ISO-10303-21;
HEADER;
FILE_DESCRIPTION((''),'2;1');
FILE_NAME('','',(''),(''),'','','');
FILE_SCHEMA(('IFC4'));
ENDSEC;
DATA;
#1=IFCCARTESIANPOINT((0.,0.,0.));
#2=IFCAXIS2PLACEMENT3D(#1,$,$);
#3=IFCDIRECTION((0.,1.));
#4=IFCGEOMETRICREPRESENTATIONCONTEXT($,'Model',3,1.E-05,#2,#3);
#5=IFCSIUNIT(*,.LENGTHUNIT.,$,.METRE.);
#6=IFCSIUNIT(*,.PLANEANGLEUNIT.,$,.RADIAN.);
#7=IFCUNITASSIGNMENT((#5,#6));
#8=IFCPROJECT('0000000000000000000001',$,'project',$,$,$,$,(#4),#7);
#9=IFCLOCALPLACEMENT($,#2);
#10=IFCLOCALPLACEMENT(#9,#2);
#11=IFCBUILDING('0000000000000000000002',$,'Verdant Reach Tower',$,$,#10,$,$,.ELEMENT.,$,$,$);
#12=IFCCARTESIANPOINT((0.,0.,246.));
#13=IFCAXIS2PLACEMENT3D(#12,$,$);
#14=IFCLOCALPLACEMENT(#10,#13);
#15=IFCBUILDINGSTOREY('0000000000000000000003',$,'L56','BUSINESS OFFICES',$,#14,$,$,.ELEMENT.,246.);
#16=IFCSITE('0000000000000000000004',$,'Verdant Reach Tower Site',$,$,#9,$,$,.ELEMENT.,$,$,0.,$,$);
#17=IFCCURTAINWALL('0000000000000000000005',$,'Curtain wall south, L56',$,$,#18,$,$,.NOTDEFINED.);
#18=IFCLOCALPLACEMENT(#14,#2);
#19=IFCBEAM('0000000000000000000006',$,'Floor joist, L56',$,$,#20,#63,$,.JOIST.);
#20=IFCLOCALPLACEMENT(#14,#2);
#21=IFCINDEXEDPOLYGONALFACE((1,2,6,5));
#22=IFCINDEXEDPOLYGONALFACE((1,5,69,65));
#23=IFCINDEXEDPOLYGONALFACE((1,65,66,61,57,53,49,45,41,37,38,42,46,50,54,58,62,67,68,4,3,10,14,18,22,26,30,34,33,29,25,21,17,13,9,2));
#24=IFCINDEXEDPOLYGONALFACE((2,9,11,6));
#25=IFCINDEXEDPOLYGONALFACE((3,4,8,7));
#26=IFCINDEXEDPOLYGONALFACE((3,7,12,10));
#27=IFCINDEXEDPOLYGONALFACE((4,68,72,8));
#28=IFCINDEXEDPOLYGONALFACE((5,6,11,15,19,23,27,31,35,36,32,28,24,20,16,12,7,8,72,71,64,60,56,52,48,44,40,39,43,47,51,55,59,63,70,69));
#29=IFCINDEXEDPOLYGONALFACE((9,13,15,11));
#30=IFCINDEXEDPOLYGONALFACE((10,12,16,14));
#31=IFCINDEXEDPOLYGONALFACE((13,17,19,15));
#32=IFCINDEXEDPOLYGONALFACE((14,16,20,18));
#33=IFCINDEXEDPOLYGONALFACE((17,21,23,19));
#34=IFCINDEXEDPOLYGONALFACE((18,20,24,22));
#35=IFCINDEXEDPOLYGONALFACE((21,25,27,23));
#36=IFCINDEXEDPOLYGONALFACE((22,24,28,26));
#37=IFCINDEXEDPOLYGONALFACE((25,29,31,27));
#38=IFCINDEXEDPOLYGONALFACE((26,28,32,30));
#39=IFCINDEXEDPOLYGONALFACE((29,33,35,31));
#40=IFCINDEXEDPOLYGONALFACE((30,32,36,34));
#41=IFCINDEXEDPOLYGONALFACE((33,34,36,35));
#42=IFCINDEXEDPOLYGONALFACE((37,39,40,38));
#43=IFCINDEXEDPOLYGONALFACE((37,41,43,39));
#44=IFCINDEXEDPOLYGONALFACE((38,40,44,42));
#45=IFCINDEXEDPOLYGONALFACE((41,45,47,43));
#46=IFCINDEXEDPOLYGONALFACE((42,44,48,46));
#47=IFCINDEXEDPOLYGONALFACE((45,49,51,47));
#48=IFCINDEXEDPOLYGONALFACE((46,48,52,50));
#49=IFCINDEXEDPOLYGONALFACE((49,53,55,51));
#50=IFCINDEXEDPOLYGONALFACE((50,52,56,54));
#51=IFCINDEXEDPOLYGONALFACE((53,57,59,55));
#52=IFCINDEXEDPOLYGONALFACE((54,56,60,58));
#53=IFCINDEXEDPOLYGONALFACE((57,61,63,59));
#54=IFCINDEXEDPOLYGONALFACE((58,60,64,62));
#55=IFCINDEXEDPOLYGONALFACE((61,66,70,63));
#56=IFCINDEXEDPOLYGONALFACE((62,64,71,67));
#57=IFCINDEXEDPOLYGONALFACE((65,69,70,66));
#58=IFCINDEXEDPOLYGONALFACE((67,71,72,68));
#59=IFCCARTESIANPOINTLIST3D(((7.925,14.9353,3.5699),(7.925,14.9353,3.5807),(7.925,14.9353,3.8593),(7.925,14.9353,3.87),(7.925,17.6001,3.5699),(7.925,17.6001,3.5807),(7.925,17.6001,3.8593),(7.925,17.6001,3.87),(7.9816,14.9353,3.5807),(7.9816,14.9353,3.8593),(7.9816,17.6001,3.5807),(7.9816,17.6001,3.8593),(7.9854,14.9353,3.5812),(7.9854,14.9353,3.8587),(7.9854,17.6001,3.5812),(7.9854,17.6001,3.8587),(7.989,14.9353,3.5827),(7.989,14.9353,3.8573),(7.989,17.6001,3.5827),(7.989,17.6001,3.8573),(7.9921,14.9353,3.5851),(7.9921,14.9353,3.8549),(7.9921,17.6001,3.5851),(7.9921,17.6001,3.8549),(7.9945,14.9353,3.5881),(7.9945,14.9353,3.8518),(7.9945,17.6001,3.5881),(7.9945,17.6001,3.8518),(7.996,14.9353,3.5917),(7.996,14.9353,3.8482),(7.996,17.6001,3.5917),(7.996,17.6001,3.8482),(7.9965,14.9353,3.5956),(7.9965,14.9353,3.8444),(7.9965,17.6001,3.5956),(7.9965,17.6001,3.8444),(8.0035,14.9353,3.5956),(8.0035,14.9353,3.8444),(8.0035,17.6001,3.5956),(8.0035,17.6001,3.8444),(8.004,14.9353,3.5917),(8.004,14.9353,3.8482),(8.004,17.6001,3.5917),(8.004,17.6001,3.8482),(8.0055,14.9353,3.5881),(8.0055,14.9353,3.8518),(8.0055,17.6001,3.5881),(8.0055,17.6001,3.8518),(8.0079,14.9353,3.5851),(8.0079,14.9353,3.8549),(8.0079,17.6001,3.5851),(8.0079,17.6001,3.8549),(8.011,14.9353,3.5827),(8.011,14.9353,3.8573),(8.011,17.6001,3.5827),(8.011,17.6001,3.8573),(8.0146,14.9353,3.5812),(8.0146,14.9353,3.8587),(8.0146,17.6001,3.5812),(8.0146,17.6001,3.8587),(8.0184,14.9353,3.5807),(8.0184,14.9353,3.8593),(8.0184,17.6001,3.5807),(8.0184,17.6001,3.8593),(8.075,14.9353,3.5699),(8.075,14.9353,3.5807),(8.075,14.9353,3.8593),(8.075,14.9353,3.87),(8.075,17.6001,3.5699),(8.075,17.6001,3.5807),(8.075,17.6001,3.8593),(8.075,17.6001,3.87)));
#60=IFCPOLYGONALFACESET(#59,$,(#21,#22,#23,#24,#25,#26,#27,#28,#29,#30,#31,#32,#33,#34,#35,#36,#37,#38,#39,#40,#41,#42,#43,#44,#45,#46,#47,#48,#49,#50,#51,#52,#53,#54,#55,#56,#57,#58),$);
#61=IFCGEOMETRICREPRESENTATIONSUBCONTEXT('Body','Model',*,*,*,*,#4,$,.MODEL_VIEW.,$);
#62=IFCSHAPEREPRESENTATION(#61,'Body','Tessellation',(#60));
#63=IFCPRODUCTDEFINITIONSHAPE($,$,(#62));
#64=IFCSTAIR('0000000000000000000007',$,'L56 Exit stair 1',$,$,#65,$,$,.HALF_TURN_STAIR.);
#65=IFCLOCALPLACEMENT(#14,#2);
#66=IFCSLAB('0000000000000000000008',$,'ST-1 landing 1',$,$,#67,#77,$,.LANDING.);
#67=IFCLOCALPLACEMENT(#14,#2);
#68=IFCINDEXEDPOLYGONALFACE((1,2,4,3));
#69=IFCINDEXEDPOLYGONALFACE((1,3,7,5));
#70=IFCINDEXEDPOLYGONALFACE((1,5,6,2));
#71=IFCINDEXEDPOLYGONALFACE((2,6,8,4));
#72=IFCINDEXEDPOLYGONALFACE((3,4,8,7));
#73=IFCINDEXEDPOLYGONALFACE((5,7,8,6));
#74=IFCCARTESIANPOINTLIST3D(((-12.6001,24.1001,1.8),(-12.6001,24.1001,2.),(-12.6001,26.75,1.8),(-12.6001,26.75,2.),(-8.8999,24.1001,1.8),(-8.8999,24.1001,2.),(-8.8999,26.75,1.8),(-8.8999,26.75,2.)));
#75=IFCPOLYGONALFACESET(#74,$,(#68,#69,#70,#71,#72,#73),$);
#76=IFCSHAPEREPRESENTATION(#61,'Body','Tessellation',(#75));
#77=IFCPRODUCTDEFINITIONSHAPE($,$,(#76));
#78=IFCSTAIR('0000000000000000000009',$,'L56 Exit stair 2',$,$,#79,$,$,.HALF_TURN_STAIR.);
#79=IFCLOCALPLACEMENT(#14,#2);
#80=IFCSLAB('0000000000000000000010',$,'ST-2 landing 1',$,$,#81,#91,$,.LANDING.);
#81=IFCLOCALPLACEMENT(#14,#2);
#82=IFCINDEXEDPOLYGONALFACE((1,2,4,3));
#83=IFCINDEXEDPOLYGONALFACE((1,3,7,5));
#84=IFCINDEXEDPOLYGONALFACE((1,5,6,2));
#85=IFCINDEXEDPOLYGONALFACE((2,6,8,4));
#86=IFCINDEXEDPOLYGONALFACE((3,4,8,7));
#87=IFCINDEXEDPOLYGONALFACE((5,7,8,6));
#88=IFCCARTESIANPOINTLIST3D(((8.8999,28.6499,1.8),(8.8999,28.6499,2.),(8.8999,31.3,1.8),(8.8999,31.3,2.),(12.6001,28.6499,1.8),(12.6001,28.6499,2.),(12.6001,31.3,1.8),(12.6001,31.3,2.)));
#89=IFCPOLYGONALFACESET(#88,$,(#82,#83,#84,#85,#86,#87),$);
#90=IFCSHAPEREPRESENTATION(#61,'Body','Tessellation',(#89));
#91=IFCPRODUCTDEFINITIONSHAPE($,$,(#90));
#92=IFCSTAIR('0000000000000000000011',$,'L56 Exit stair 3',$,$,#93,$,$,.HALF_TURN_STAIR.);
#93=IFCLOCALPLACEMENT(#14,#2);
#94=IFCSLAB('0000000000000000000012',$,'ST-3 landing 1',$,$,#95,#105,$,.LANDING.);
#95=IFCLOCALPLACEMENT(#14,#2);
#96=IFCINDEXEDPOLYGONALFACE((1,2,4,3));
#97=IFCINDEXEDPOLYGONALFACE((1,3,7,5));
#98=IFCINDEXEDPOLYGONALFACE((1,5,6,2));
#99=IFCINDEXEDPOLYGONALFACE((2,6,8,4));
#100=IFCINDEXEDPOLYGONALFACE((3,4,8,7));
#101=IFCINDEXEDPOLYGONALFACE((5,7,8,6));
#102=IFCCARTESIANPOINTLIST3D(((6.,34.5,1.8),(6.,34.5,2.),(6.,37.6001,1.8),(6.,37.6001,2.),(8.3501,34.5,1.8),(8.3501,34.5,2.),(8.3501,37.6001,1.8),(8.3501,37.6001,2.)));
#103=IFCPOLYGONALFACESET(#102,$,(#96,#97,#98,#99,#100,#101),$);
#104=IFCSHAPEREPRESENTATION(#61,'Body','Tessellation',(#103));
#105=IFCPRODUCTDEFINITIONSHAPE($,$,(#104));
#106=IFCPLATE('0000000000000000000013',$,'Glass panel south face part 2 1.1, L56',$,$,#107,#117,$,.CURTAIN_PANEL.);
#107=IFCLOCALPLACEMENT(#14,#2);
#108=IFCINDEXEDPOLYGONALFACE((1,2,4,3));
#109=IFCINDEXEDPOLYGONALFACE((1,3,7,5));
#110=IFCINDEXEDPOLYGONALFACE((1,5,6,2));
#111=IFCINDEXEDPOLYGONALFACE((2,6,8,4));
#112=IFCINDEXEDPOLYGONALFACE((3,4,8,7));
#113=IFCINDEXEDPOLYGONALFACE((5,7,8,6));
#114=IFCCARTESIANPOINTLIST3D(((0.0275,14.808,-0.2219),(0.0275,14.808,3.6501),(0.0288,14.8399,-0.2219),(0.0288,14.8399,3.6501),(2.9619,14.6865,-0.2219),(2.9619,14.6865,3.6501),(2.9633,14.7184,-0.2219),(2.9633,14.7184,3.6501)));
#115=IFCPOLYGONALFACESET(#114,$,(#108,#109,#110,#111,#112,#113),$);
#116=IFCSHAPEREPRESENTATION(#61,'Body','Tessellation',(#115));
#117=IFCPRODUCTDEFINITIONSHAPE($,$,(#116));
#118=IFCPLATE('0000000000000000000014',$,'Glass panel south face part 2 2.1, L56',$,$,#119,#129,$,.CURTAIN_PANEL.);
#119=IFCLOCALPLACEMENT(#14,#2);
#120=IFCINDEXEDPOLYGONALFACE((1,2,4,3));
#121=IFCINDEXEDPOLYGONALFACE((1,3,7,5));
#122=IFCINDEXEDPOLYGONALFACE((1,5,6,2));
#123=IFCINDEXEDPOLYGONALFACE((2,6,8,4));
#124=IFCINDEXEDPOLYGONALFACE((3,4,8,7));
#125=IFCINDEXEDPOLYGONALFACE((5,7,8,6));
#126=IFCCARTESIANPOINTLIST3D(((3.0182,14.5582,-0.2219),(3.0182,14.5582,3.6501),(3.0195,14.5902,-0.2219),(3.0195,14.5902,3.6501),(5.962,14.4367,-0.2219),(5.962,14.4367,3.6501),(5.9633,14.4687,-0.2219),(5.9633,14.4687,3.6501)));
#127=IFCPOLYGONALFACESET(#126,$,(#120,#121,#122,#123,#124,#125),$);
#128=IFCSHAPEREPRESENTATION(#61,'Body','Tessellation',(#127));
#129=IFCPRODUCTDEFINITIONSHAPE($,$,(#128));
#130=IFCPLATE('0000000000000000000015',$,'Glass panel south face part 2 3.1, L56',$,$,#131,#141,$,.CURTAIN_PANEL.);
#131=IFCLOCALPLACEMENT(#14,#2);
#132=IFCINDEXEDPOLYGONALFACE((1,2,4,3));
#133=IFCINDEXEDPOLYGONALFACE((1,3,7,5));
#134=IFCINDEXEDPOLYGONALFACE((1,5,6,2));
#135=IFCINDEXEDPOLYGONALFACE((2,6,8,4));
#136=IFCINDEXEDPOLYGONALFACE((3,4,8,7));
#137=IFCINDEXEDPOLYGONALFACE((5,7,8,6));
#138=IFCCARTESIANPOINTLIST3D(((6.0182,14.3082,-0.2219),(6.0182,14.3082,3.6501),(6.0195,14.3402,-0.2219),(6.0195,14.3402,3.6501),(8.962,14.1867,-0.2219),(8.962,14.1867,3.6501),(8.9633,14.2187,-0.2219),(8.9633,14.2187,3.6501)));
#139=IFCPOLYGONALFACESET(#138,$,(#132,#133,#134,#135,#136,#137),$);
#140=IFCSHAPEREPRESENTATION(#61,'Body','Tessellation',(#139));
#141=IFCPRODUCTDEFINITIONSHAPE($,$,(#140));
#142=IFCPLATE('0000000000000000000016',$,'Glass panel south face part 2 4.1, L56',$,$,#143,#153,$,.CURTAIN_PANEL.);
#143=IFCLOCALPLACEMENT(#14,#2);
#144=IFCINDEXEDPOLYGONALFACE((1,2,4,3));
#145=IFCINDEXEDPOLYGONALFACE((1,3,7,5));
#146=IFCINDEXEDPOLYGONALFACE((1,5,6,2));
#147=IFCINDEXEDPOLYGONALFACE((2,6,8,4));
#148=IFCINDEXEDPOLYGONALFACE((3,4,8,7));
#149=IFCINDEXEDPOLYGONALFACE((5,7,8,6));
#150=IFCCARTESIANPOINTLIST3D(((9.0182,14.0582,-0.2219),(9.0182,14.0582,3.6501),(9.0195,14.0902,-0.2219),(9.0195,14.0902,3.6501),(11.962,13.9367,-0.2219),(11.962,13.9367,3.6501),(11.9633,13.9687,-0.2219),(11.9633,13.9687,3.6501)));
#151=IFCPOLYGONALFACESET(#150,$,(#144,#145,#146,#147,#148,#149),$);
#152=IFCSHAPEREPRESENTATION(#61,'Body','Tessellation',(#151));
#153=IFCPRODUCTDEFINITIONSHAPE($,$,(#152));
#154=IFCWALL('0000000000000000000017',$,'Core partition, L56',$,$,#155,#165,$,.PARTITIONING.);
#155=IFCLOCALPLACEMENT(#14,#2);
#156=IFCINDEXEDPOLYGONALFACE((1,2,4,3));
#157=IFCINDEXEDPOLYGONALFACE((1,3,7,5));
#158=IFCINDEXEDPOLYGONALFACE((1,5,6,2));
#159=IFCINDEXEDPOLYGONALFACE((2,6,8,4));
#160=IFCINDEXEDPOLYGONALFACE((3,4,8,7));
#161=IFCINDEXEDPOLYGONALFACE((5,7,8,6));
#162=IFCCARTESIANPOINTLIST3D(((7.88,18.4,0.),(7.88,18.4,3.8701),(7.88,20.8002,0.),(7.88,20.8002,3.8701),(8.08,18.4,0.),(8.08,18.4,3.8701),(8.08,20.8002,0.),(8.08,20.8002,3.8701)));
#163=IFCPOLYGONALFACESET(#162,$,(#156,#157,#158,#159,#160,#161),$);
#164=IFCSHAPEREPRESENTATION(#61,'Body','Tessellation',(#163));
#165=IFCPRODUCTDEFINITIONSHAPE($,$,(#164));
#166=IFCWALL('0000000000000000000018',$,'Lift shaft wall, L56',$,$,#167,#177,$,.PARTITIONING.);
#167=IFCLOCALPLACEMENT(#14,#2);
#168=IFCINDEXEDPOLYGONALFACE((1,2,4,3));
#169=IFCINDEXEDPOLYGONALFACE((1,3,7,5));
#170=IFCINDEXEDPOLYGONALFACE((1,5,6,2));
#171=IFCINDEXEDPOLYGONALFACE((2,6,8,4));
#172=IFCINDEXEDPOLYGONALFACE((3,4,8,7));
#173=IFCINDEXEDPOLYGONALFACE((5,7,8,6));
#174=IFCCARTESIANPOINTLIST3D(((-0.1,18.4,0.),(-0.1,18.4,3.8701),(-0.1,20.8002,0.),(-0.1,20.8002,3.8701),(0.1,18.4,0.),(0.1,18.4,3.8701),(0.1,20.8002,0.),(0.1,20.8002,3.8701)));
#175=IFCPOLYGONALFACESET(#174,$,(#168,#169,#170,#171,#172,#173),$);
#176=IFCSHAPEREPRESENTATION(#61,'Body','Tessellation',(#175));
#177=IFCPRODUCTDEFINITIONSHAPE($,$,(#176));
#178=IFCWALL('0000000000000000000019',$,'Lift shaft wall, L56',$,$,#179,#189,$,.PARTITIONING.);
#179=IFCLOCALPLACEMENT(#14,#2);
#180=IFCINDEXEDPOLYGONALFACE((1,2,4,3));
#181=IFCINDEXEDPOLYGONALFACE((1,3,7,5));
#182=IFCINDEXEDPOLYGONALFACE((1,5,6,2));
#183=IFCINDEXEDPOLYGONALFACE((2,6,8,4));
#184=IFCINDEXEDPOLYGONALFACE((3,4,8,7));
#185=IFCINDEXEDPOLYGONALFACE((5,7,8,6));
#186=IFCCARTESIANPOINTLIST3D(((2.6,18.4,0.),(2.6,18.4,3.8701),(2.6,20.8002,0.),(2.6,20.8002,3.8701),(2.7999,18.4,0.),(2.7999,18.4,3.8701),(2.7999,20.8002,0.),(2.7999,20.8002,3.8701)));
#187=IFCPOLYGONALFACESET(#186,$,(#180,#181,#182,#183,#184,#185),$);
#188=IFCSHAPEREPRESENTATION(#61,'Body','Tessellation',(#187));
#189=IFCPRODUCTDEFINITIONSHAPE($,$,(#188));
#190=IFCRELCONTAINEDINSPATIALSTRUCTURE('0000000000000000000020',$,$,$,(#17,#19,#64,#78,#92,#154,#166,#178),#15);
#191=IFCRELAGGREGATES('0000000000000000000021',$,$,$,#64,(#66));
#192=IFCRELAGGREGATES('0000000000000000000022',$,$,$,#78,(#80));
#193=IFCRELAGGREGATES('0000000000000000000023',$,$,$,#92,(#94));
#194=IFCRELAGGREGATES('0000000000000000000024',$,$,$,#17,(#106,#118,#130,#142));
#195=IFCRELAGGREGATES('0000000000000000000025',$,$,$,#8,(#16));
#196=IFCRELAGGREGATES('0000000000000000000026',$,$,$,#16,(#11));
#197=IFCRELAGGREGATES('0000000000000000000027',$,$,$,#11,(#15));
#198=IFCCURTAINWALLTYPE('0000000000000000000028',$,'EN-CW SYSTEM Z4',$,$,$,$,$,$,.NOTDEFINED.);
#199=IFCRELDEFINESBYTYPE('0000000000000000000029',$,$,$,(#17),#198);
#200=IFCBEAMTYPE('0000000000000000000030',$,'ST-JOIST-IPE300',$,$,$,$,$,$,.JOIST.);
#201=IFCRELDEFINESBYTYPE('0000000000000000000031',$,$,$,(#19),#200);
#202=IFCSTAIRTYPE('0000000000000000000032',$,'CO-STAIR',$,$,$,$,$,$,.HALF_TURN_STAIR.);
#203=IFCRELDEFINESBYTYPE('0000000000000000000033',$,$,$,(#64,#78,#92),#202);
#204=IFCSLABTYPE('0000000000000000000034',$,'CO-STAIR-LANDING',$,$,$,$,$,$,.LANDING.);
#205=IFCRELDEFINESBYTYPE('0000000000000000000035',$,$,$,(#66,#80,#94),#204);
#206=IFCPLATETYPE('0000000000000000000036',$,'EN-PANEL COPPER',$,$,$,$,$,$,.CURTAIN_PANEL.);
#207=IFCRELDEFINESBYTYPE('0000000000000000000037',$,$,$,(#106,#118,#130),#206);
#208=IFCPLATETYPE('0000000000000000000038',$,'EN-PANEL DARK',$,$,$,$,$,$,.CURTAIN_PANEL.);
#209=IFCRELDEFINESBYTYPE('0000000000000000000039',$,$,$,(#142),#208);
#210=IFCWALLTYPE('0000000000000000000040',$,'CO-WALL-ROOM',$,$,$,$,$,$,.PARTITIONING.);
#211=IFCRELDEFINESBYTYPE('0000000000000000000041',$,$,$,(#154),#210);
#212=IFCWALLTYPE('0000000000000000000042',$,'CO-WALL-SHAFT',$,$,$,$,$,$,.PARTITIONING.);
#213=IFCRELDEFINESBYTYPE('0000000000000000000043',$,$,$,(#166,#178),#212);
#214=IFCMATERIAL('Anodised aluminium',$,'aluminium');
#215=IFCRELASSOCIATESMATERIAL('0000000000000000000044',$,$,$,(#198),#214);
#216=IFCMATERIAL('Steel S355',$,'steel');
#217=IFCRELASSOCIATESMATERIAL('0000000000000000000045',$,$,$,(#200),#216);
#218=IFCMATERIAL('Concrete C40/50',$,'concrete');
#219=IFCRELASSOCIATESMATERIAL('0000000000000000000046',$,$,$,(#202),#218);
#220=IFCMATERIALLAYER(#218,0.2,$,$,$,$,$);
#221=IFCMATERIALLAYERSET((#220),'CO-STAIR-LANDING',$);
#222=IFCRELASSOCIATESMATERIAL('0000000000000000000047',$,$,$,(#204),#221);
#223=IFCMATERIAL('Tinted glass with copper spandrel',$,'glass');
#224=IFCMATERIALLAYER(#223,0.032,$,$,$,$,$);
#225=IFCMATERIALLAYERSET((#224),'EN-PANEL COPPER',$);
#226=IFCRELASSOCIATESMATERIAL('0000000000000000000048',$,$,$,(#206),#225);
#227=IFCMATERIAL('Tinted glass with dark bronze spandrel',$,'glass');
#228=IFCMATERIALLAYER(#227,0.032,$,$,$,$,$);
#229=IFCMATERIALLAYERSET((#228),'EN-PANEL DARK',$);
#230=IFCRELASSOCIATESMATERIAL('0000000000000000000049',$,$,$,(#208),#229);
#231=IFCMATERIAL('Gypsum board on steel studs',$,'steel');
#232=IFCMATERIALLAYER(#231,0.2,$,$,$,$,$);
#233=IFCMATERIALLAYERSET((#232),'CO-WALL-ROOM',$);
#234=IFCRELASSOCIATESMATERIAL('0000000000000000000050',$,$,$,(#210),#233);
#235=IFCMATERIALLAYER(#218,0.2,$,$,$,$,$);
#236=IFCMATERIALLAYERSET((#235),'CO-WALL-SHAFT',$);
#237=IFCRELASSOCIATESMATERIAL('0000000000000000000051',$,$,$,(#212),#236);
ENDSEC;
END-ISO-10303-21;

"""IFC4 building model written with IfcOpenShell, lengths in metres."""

from ifc_helpers import new_model, si_unit, direction, frame, frame_2d, origin, origin_2d, place, context, subcontext, project, spatial, polyline, rectangle, i_section, outline, extrude, material, layer, layer_set, material_profile, profile_set, type_object, element, aggregate, save


model = new_model("IFC4")

# Units and contexts
model_context = context("Model", 3, precision=1e-05, world=origin(), true_north=direction((0.0, 1.0)))
body_context = subcontext(model_context, "Body", "Model", "MODEL_VIEW")
ifc_project = project(units=[si_unit("LENGTHUNIT", "METRE"), si_unit("PLANEANGLEUNIT", "RADIAN")], contexts=[model_context])

# Site, building, storey
site_placement = place(None, origin())
site = spatial("IfcSite", under=ifc_project, at=site_placement, Name="Verdant Reach Tower Site", CompositionType="ELEMENT", RefElevation=0.0)
building_placement = place(site_placement, origin())
building = spatial("IfcBuilding", under=site, at=building_placement, Name="Verdant Reach Tower", CompositionType="ELEMENT")
storey_placement = place(building_placement, frame((0.0, 0.0, 246.0)))
storey = spatial("IfcBuildingStorey", under=building, at=storey_placement, Name="L56", Description="BUSINESS OFFICES", CompositionType="ELEMENT", Elevation=246.0)

# Curtain wall
ifc_material_1 = material(Name="Anodised aluminium", Category="aluminium")
curtain_wall_type = type_object("IfcCurtainWallType", Name="EN-CW SYSTEM Z4", PredefinedType="NOTDEFINED", material=ifc_material_1)
curtain_wall_placement = place(storey_placement, origin())
curtain_wall = element("IfcCurtainWall", 1, at=curtain_wall_placement, inside=storey, type_object=curtain_wall_type, Name="Curtain wall south, L56", PredefinedType="NOTDEFINED")

# Beam
ifc_material_2 = material(Name="Steel S355", Category="steel")
ifc_material_profile_1 = material_profile(ifc_material_2, i_section(OverallWidth=0.1499, OverallDepth=0.3, WebThickness=0.0071, FlangeThickness=0.0107, FilletRadius=0.0149, at=origin_2d()), Name="IPE 300")
ifc_profile_set_1 = profile_set([ifc_material_profile_1], Name="Steel S355")
beam_type = type_object("IfcBeamType", Name="ST-JOIST-IPE300", PredefinedType="JOIST", material=ifc_profile_set_1)
beam_1_placement = place(storey_placement, frame((8.0, 17.6001, 3.72), z_axis=(0.0, -1.0, 0.0), x_axis=(1.0, 0.0, 0.0)))
element("IfcBeam", 2, at=beam_1_placement, inside=storey, type_object=beam_type, Name="Floor joist, L56", PredefinedType="JOIST", context=body_context, shape_type="SweptSolid", body=[
    extrude(i_section(OverallWidth=0.1499, OverallDepth=0.3, WebThickness=0.0071, FlangeThickness=0.0107, FilletRadius=0.0149, at=origin_2d()), origin(), (0.0, 0.0, 1.0), 2.6648),
])

# Stairs, slabs
ifc_material_3 = material(Name="Concrete C40/50", Category="concrete")
stair_type = type_object("IfcStairType", Name="CO-STAIR", PredefinedType="HALF_TURN_STAIR", material=ifc_material_3)
stair_1_placement = place(storey_placement, origin())
stair_1 = element("IfcStair", 3, at=stair_1_placement, inside=storey, type_object=stair_type, Name="L56 Exit stair 1", PredefinedType="HALF_TURN_STAIR")
ifc_layer_1 = layer(ifc_material_3, 0.2)
ifc_layer_set_1 = layer_set([ifc_layer_1], Name="CO-STAIR-LANDING")
slab_type = type_object("IfcSlabType", Name="CO-STAIR-LANDING", PredefinedType="LANDING", material=ifc_layer_set_1)
slab_1_placement = place(storey_placement, frame((0.0, 0.0, 1.8)))
slab_1 = element("IfcSlab", 4, at=slab_1_placement, type_object=slab_type, Name="ST-1 landing 1", PredefinedType="LANDING", context=body_context, shape_type="SweptSolid", body=[
    extrude(outline(polyline([(-12.6001, 26.75), (-12.6001, 24.1001), (-8.8999, 24.1001), (-8.8999, 26.75), (-12.6001, 26.75)])), origin(), (0.0, 0.0, 1.0), 0.2),
])
aggregate(stair_1, [slab_1])
stair_2_placement = place(storey_placement, origin())
stair_2 = element("IfcStair", 5, at=stair_2_placement, inside=storey, type_object=stair_type, Name="L56 Exit stair 2", PredefinedType="HALF_TURN_STAIR")
slab_2_placement = place(storey_placement, frame((0.0, 0.0, 1.8)))
slab_2 = element("IfcSlab", 6, at=slab_2_placement, type_object=slab_type, Name="ST-2 landing 1", PredefinedType="LANDING", context=body_context, shape_type="SweptSolid", body=[
    extrude(outline(polyline([(12.6001, 28.6499), (12.6001, 31.3), (8.8999, 31.3), (8.8999, 28.6499), (12.6001, 28.6499)])), origin(), (0.0, 0.0, 1.0), 0.2),
])
aggregate(stair_2, [slab_2])
stair_3_placement = place(storey_placement, origin())
stair_3 = element("IfcStair", 7, at=stair_3_placement, inside=storey, type_object=stair_type, Name="L56 Exit stair 3", PredefinedType="HALF_TURN_STAIR")
slab_3_placement = place(storey_placement, frame((0.0, 0.0, 1.8)))
slab_3 = element("IfcSlab", 8, at=slab_3_placement, type_object=slab_type, Name="ST-3 landing 1", PredefinedType="LANDING", context=body_context, shape_type="SweptSolid", body=[
    extrude(outline(polyline([(8.3501, 37.6001), (6.0, 37.6001), (6.0, 34.5), (8.3501, 34.5), (8.3501, 37.6001)])), origin(), (0.0, 0.0, 1.0), 0.2),
])
aggregate(stair_3, [slab_3])

# Plates
ifc_material_4 = material(Name="Tinted glass with copper spandrel", Category="glass")
ifc_layer_2 = layer(ifc_material_4, 0.032)
ifc_layer_set_2 = layer_set([ifc_layer_2], Name="EN-PANEL COPPER")
plate_type_1 = type_object("IfcPlateType", Name="EN-PANEL COPPER", PredefinedType="CURTAIN_PANEL", material=ifc_layer_set_2)
plate_1_placement = place(storey_placement, frame((1.4954, 14.7632, -0.2219), z_axis=(0.0, 0.0, 1.0), x_axis=(0.999144, -0.04137, 0.0)))
plate_1 = element("IfcPlate", 9, at=plate_1_placement, type_object=plate_type_1, Name="Glass panel south face part 2 1.1, L56", PredefinedType="CURTAIN_PANEL", context=body_context, shape_type="SweptSolid", body=[
    extrude(rectangle(XDim=2.937, YDim=0.032, at=origin_2d()), origin(), (0.0, 0.0, 1.0), 3.8721),
])
plate_2_placement = place(storey_placement, frame((4.4907, 14.5134, -0.2219), z_axis=(0.0, 0.0, 1.0), x_axis=(0.999149, -0.041242, 0.0)))
plate_2 = element("IfcPlate", 10, at=plate_2_placement, type_object=plate_type_1, Name="Glass panel south face part 2 2.1, L56", PredefinedType="CURTAIN_PANEL", context=body_context, shape_type="SweptSolid", body=[
    extrude(rectangle(XDim=2.9463, YDim=0.032, at=origin_2d()), origin(), (0.0, 0.0, 1.0), 3.8721),
])
plate_3_placement = place(storey_placement, frame((7.4907, 14.2634, -0.2219), z_axis=(0.0, 0.0, 1.0), x_axis=(0.999149, -0.041242, 0.0)))
plate_3 = element("IfcPlate", 11, at=plate_3_placement, type_object=plate_type_1, Name="Glass panel south face part 2 3.1, L56", PredefinedType="CURTAIN_PANEL", context=body_context, shape_type="SweptSolid", body=[
    extrude(rectangle(XDim=2.9463, YDim=0.032, at=origin_2d()), origin(), (0.0, 0.0, 1.0), 3.8721),
])
ifc_material_5 = material(Name="Tinted glass with dark bronze spandrel", Category="glass")
ifc_layer_3 = layer(ifc_material_5, 0.032)
ifc_layer_set_3 = layer_set([ifc_layer_3], Name="EN-PANEL DARK")
plate_type_2 = type_object("IfcPlateType", Name="EN-PANEL DARK", PredefinedType="CURTAIN_PANEL", material=ifc_layer_set_3)
plate_4_placement = place(storey_placement, frame((10.4907, 14.0134, -0.2219), z_axis=(0.0, 0.0, 1.0), x_axis=(0.999149, -0.041242, 0.0)))
plate_4 = element("IfcPlate", 12, at=plate_4_placement, type_object=plate_type_2, Name="Glass panel south face part 2 4.1, L56", PredefinedType="CURTAIN_PANEL", context=body_context, shape_type="SweptSolid", body=[
    extrude(rectangle(XDim=2.9463, YDim=0.032, at=origin_2d()), origin(), (0.0, 0.0, 1.0), 3.8721),
])
aggregate(curtain_wall, [plate_1, plate_2, plate_3, plate_4])

# Walls
ifc_material_6 = material(Name="Gypsum board on steel studs", Category="steel")
ifc_layer_4 = layer(ifc_material_6, 0.2)
ifc_layer_set_4 = layer_set([ifc_layer_4], Name="CO-WALL-ROOM")
wall_type_1 = type_object("IfcWallType", Name="CO-WALL-ROOM", PredefinedType="PARTITIONING", material=ifc_layer_set_4)
wall_1_placement = place(storey_placement, frame((7.98, 18.3999, 0.0), z_axis=(0.0, 0.0, 1.0), x_axis=(0.0, 1.0, 0.0)))
element("IfcWall", 13, at=wall_1_placement, inside=storey, type_object=wall_type_1, Name="Core partition, L56", PredefinedType="PARTITIONING", context=body_context, shape_type="SweptSolid", body=[
    extrude(rectangle(XDim=2.4001, YDim=0.2, at=frame_2d((1.2002, 0.0))), origin(), (0.0, 0.0, 1.0), 3.8701),
])
ifc_layer_5 = layer(ifc_material_3, 0.2)
ifc_layer_set_5 = layer_set([ifc_layer_5], Name="CO-WALL-SHAFT")
wall_type_2 = type_object("IfcWallType", Name="CO-WALL-SHAFT", PredefinedType="PARTITIONING", material=ifc_layer_set_5)
for number, where, z_axis, x_axis, name in (
    (14, (0.0, 18.3999, 0.0), (0.0, 0.0, 1.0), (0.0, 1.0, 0.0), "Lift shaft wall, L56"),
    (15, (2.7, 18.3999, 0.0), (0.0, 0.0, 1.0), (0.0, 1.0, 0.0), "Lift shaft wall, L56"),
):
    element("IfcWall", number, at=place(storey_placement, frame(where, z_axis=z_axis, x_axis=x_axis)), inside=storey, type_object=wall_type_2, Name=name, PredefinedType="PARTITIONING", context=body_context, shape_type="SweptSolid", body=[
        extrude(rectangle(XDim=2.4001, YDim=0.2, at=frame_2d((1.2002, 0.0))), origin(), (0.0, 0.0, 1.0), 3.8701),
    ])

save(model, "model.ifc")
